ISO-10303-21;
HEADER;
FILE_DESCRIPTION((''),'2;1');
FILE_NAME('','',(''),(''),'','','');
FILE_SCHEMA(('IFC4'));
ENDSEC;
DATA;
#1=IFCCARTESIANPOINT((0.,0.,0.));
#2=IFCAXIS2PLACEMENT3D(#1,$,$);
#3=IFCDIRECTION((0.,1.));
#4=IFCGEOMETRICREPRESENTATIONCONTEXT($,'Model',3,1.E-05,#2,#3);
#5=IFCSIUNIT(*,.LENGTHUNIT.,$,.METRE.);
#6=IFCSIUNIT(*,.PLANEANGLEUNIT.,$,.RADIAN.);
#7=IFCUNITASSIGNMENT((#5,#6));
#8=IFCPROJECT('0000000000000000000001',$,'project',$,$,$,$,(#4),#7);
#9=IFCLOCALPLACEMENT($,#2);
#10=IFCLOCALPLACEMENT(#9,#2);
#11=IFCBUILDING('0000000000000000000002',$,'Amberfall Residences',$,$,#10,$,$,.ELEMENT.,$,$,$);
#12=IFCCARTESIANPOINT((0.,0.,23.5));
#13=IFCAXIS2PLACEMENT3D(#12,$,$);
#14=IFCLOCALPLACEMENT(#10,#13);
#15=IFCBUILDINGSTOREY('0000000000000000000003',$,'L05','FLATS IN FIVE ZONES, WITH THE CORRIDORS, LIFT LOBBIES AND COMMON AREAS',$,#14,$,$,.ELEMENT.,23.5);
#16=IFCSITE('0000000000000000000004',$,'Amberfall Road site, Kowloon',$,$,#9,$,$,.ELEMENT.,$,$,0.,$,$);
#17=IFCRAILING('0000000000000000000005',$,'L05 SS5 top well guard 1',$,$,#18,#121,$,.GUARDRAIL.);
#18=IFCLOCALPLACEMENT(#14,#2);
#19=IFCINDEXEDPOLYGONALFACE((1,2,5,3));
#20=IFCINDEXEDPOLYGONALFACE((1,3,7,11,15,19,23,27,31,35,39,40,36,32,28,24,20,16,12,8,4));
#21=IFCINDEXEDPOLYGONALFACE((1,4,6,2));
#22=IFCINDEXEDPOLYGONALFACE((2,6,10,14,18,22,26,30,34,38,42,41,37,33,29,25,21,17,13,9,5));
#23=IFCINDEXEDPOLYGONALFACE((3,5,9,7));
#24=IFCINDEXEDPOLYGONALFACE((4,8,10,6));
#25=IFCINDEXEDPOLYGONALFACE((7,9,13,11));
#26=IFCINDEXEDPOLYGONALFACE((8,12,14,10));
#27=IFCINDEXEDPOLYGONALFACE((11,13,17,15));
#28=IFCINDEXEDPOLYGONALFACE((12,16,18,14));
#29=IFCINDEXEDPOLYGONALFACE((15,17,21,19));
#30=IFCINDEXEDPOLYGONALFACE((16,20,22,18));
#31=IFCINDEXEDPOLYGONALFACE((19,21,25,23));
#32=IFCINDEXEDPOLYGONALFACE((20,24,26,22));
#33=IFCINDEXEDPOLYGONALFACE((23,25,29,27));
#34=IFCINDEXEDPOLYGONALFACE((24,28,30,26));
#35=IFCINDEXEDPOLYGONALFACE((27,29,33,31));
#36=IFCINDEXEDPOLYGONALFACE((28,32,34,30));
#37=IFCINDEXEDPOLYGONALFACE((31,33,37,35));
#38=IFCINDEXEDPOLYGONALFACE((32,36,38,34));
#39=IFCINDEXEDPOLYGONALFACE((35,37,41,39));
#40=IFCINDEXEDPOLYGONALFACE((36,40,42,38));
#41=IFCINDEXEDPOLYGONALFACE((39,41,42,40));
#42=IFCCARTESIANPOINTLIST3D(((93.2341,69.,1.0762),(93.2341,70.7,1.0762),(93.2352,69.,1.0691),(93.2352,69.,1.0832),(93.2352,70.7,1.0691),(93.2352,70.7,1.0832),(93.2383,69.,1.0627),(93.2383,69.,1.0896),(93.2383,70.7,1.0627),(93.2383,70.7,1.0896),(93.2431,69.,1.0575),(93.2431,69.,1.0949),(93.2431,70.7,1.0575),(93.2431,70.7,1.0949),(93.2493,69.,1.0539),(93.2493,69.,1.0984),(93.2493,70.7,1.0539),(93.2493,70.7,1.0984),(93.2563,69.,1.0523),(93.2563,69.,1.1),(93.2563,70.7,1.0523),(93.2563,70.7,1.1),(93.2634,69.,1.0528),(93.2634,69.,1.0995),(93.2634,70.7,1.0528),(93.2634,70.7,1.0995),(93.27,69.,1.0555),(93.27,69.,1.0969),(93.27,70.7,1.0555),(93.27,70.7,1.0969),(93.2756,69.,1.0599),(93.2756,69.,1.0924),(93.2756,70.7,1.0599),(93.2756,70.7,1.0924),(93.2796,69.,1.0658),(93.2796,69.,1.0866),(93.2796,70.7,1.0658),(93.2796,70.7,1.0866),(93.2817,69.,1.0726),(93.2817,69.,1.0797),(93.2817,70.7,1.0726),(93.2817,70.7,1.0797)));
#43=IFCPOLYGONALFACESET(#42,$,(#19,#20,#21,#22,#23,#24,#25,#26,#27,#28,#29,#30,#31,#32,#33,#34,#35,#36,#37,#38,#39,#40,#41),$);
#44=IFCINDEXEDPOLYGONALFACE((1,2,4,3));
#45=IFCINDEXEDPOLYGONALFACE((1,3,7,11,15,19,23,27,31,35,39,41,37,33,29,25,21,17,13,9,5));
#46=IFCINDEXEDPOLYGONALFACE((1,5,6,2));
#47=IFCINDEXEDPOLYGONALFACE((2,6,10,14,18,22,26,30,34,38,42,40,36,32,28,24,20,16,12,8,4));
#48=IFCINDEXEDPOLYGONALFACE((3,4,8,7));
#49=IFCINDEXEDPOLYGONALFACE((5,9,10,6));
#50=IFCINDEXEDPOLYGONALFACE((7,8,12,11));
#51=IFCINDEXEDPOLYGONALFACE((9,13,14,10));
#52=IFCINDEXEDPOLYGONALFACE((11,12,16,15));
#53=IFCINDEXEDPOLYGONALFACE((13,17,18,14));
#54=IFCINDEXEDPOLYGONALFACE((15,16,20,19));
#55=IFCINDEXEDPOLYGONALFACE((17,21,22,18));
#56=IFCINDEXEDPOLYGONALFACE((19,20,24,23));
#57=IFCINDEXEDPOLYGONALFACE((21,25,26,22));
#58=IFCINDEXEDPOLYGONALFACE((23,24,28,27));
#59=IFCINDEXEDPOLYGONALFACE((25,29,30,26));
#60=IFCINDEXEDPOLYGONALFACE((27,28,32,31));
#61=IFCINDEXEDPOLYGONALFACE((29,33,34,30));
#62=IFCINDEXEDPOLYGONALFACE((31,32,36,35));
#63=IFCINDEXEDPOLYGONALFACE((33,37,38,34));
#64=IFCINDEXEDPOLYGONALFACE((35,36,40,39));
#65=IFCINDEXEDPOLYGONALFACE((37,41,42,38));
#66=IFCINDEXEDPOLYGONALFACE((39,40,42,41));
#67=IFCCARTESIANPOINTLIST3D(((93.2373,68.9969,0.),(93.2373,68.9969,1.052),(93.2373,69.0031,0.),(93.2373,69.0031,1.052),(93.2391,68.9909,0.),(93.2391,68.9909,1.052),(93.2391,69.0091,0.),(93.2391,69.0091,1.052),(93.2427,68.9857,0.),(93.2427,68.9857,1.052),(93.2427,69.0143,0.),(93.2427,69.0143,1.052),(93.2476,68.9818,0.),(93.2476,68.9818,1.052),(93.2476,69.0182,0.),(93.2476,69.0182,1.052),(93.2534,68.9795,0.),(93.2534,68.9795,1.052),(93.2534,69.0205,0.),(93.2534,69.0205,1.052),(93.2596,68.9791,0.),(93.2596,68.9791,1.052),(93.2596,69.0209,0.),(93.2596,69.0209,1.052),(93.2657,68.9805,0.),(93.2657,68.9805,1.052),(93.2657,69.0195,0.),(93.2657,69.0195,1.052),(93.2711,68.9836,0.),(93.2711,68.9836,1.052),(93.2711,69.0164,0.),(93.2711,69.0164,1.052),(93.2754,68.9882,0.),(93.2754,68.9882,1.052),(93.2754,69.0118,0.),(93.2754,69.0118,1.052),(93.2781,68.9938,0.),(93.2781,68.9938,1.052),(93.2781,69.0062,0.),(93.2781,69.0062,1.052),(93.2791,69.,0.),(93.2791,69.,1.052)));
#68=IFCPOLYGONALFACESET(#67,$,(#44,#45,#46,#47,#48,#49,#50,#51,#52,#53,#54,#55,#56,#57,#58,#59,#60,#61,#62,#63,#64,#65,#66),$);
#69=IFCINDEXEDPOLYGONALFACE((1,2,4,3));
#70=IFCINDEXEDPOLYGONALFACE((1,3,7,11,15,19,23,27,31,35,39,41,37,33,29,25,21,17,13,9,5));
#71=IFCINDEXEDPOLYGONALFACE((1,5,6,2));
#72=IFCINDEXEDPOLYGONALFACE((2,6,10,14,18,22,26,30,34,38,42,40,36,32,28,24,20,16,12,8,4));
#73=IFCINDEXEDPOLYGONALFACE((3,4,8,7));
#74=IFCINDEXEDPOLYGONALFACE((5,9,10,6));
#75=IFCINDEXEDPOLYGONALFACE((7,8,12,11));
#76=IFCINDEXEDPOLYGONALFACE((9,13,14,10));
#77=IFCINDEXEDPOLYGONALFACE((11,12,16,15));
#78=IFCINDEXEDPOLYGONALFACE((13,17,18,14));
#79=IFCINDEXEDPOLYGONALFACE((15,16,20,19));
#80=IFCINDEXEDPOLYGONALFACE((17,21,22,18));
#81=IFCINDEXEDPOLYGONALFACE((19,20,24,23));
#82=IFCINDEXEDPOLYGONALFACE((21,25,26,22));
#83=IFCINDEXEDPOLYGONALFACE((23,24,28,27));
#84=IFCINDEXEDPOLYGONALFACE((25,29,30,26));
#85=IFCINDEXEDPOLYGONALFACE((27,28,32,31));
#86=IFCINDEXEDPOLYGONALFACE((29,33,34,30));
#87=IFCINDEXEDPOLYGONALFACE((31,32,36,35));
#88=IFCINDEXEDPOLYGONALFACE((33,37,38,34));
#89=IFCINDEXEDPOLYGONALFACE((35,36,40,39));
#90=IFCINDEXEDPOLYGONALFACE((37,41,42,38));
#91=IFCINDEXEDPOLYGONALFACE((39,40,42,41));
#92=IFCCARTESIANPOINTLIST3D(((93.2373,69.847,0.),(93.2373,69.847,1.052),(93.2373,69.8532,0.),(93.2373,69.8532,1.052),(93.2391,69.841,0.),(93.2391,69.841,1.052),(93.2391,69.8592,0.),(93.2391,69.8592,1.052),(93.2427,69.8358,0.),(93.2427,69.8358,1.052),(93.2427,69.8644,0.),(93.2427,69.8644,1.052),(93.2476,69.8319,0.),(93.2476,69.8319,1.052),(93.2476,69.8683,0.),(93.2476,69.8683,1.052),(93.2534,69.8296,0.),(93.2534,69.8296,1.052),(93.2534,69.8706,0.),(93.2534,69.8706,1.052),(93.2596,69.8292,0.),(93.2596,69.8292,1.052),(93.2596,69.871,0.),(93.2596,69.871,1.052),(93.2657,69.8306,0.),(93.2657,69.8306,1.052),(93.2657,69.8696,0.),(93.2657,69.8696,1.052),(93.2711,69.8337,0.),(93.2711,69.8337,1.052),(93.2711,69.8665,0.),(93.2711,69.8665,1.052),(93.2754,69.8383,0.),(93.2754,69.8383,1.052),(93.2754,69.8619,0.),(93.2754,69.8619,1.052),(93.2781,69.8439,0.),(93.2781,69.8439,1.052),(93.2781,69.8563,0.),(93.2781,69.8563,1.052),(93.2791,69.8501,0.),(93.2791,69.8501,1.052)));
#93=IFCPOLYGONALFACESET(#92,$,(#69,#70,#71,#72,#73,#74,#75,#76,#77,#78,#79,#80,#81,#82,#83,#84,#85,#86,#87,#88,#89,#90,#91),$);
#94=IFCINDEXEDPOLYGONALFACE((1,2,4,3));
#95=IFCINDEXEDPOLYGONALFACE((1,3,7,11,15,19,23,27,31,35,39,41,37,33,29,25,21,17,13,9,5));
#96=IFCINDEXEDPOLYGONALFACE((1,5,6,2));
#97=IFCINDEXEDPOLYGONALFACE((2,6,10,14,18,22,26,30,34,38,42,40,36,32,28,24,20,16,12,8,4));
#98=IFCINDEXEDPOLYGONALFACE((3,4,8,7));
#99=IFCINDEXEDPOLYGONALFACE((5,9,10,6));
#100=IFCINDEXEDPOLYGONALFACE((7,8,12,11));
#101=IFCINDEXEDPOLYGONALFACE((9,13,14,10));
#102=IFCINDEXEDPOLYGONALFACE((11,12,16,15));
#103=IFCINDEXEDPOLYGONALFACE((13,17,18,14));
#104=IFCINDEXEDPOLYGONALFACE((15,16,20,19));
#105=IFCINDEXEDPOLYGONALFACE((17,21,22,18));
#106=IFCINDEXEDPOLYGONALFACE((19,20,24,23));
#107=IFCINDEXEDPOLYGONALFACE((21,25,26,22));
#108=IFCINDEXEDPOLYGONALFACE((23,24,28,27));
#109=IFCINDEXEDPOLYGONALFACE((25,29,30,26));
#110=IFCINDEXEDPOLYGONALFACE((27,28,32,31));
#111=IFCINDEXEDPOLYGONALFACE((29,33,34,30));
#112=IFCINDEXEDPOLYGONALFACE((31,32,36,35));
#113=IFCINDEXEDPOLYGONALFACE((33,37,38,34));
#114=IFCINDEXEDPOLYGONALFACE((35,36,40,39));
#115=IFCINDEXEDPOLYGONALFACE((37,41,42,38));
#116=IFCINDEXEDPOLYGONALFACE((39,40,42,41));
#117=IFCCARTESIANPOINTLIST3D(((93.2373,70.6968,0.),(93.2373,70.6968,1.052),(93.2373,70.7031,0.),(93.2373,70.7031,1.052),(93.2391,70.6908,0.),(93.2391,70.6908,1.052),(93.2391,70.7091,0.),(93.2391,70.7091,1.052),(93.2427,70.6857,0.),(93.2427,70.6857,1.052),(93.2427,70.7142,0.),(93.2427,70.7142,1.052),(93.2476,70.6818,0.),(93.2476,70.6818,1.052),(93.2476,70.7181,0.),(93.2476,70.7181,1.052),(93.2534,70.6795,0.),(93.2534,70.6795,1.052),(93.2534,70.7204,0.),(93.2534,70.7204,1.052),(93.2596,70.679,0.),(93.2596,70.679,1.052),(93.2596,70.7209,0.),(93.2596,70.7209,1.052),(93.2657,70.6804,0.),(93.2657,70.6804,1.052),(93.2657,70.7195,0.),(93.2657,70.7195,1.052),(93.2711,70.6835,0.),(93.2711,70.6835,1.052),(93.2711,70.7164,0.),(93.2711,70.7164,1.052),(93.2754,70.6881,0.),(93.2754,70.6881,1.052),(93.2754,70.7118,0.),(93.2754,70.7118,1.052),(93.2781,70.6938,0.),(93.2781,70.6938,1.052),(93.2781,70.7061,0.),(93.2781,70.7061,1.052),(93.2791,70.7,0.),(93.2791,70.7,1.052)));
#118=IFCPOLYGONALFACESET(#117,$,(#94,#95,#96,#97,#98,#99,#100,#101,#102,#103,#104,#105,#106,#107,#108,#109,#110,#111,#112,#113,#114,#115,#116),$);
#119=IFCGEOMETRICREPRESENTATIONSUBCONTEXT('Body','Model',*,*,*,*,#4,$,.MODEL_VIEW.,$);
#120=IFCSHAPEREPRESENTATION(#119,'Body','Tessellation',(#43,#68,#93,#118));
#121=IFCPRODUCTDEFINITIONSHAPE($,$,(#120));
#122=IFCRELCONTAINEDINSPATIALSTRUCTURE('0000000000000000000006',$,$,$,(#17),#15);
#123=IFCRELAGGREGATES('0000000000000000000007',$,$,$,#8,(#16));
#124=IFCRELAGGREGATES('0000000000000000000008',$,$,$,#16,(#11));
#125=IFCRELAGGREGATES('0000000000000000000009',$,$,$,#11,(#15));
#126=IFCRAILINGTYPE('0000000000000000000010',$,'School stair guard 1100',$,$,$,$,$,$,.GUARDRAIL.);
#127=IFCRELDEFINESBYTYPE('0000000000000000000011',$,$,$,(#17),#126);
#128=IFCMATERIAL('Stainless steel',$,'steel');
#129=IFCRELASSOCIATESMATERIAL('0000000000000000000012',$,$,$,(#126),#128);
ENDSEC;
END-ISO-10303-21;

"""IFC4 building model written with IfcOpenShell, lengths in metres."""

from ifc_helpers import new_model, si_unit, direction, frame, origin, origin_2d, place, context, subcontext, project, spatial, circle, extrude, material, type_object, element, save


model = new_model("IFC4")

# Units and contexts
model_context = context("Model", 3, precision=1e-05, world=origin(), true_north=direction((0.0, 1.0)))
body_context = subcontext(model_context, "Body", "Model", "MODEL_VIEW")
ifc_project = project(units=[si_unit("LENGTHUNIT", "METRE"), si_unit("PLANEANGLEUNIT", "RADIAN")], contexts=[model_context])

# Site, building, storey
site_placement = place(None, origin())
site = spatial("IfcSite", under=ifc_project, at=site_placement, Name="Amberfall Road site, Kowloon", CompositionType="ELEMENT", RefElevation=0.0)
building_placement = place(site_placement, origin())
building = spatial("IfcBuilding", under=site, at=building_placement, Name="Amberfall Residences", CompositionType="ELEMENT")
storey_placement = place(building_placement, frame((0.0, 0.0, 23.5)))
storey = spatial("IfcBuildingStorey", under=building, at=storey_placement, Name="L05", Description="FLATS IN FIVE ZONES, WITH THE CORRIDORS, LIFT LOBBIES AND COMMON AREAS", CompositionType="ELEMENT", Elevation=23.5)

# Railing
ifc_material_1 = material(Name="Stainless steel", Category="steel")
railing_type_1 = type_object("IfcRailingType", Name="School stair guard 1100", PredefinedType="GUARDRAIL", material=ifc_material_1)
railing_1_placement = place(storey_placement, frame((93.2581, 69.0, 0.0)))
element("IfcRailing", 1, at=railing_1_placement, inside=storey, type_object=railing_type_1, Name="L05 SS5 top well guard 1", PredefinedType="GUARDRAIL", context=body_context, shape_type="SweptSolid", body=[
    extrude(circle(Radius=0.0239, at=origin_2d()), frame((0.0, 0.0, 1.0762), z_axis=(0.0, 1.0, 0.0), x_axis=(-1.0, 0.0, 0.0)), (0.0, 0.0, 1.0), 1.7),
    extrude(circle(Radius=0.021, at=origin_2d()), origin(), (0.0, 0.0, 1.0), 1.052),
    extrude(circle(Radius=0.021, at=origin_2d()), frame((0.0, 0.8501, 0.0)), (0.0, 0.0, 1.0), 1.052),
    extrude(circle(Radius=0.021, at=origin_2d()), frame((0.0, 1.7, 0.0)), (0.0, 0.0, 1.0), 1.052),
])

save(model, "model.ifc")
